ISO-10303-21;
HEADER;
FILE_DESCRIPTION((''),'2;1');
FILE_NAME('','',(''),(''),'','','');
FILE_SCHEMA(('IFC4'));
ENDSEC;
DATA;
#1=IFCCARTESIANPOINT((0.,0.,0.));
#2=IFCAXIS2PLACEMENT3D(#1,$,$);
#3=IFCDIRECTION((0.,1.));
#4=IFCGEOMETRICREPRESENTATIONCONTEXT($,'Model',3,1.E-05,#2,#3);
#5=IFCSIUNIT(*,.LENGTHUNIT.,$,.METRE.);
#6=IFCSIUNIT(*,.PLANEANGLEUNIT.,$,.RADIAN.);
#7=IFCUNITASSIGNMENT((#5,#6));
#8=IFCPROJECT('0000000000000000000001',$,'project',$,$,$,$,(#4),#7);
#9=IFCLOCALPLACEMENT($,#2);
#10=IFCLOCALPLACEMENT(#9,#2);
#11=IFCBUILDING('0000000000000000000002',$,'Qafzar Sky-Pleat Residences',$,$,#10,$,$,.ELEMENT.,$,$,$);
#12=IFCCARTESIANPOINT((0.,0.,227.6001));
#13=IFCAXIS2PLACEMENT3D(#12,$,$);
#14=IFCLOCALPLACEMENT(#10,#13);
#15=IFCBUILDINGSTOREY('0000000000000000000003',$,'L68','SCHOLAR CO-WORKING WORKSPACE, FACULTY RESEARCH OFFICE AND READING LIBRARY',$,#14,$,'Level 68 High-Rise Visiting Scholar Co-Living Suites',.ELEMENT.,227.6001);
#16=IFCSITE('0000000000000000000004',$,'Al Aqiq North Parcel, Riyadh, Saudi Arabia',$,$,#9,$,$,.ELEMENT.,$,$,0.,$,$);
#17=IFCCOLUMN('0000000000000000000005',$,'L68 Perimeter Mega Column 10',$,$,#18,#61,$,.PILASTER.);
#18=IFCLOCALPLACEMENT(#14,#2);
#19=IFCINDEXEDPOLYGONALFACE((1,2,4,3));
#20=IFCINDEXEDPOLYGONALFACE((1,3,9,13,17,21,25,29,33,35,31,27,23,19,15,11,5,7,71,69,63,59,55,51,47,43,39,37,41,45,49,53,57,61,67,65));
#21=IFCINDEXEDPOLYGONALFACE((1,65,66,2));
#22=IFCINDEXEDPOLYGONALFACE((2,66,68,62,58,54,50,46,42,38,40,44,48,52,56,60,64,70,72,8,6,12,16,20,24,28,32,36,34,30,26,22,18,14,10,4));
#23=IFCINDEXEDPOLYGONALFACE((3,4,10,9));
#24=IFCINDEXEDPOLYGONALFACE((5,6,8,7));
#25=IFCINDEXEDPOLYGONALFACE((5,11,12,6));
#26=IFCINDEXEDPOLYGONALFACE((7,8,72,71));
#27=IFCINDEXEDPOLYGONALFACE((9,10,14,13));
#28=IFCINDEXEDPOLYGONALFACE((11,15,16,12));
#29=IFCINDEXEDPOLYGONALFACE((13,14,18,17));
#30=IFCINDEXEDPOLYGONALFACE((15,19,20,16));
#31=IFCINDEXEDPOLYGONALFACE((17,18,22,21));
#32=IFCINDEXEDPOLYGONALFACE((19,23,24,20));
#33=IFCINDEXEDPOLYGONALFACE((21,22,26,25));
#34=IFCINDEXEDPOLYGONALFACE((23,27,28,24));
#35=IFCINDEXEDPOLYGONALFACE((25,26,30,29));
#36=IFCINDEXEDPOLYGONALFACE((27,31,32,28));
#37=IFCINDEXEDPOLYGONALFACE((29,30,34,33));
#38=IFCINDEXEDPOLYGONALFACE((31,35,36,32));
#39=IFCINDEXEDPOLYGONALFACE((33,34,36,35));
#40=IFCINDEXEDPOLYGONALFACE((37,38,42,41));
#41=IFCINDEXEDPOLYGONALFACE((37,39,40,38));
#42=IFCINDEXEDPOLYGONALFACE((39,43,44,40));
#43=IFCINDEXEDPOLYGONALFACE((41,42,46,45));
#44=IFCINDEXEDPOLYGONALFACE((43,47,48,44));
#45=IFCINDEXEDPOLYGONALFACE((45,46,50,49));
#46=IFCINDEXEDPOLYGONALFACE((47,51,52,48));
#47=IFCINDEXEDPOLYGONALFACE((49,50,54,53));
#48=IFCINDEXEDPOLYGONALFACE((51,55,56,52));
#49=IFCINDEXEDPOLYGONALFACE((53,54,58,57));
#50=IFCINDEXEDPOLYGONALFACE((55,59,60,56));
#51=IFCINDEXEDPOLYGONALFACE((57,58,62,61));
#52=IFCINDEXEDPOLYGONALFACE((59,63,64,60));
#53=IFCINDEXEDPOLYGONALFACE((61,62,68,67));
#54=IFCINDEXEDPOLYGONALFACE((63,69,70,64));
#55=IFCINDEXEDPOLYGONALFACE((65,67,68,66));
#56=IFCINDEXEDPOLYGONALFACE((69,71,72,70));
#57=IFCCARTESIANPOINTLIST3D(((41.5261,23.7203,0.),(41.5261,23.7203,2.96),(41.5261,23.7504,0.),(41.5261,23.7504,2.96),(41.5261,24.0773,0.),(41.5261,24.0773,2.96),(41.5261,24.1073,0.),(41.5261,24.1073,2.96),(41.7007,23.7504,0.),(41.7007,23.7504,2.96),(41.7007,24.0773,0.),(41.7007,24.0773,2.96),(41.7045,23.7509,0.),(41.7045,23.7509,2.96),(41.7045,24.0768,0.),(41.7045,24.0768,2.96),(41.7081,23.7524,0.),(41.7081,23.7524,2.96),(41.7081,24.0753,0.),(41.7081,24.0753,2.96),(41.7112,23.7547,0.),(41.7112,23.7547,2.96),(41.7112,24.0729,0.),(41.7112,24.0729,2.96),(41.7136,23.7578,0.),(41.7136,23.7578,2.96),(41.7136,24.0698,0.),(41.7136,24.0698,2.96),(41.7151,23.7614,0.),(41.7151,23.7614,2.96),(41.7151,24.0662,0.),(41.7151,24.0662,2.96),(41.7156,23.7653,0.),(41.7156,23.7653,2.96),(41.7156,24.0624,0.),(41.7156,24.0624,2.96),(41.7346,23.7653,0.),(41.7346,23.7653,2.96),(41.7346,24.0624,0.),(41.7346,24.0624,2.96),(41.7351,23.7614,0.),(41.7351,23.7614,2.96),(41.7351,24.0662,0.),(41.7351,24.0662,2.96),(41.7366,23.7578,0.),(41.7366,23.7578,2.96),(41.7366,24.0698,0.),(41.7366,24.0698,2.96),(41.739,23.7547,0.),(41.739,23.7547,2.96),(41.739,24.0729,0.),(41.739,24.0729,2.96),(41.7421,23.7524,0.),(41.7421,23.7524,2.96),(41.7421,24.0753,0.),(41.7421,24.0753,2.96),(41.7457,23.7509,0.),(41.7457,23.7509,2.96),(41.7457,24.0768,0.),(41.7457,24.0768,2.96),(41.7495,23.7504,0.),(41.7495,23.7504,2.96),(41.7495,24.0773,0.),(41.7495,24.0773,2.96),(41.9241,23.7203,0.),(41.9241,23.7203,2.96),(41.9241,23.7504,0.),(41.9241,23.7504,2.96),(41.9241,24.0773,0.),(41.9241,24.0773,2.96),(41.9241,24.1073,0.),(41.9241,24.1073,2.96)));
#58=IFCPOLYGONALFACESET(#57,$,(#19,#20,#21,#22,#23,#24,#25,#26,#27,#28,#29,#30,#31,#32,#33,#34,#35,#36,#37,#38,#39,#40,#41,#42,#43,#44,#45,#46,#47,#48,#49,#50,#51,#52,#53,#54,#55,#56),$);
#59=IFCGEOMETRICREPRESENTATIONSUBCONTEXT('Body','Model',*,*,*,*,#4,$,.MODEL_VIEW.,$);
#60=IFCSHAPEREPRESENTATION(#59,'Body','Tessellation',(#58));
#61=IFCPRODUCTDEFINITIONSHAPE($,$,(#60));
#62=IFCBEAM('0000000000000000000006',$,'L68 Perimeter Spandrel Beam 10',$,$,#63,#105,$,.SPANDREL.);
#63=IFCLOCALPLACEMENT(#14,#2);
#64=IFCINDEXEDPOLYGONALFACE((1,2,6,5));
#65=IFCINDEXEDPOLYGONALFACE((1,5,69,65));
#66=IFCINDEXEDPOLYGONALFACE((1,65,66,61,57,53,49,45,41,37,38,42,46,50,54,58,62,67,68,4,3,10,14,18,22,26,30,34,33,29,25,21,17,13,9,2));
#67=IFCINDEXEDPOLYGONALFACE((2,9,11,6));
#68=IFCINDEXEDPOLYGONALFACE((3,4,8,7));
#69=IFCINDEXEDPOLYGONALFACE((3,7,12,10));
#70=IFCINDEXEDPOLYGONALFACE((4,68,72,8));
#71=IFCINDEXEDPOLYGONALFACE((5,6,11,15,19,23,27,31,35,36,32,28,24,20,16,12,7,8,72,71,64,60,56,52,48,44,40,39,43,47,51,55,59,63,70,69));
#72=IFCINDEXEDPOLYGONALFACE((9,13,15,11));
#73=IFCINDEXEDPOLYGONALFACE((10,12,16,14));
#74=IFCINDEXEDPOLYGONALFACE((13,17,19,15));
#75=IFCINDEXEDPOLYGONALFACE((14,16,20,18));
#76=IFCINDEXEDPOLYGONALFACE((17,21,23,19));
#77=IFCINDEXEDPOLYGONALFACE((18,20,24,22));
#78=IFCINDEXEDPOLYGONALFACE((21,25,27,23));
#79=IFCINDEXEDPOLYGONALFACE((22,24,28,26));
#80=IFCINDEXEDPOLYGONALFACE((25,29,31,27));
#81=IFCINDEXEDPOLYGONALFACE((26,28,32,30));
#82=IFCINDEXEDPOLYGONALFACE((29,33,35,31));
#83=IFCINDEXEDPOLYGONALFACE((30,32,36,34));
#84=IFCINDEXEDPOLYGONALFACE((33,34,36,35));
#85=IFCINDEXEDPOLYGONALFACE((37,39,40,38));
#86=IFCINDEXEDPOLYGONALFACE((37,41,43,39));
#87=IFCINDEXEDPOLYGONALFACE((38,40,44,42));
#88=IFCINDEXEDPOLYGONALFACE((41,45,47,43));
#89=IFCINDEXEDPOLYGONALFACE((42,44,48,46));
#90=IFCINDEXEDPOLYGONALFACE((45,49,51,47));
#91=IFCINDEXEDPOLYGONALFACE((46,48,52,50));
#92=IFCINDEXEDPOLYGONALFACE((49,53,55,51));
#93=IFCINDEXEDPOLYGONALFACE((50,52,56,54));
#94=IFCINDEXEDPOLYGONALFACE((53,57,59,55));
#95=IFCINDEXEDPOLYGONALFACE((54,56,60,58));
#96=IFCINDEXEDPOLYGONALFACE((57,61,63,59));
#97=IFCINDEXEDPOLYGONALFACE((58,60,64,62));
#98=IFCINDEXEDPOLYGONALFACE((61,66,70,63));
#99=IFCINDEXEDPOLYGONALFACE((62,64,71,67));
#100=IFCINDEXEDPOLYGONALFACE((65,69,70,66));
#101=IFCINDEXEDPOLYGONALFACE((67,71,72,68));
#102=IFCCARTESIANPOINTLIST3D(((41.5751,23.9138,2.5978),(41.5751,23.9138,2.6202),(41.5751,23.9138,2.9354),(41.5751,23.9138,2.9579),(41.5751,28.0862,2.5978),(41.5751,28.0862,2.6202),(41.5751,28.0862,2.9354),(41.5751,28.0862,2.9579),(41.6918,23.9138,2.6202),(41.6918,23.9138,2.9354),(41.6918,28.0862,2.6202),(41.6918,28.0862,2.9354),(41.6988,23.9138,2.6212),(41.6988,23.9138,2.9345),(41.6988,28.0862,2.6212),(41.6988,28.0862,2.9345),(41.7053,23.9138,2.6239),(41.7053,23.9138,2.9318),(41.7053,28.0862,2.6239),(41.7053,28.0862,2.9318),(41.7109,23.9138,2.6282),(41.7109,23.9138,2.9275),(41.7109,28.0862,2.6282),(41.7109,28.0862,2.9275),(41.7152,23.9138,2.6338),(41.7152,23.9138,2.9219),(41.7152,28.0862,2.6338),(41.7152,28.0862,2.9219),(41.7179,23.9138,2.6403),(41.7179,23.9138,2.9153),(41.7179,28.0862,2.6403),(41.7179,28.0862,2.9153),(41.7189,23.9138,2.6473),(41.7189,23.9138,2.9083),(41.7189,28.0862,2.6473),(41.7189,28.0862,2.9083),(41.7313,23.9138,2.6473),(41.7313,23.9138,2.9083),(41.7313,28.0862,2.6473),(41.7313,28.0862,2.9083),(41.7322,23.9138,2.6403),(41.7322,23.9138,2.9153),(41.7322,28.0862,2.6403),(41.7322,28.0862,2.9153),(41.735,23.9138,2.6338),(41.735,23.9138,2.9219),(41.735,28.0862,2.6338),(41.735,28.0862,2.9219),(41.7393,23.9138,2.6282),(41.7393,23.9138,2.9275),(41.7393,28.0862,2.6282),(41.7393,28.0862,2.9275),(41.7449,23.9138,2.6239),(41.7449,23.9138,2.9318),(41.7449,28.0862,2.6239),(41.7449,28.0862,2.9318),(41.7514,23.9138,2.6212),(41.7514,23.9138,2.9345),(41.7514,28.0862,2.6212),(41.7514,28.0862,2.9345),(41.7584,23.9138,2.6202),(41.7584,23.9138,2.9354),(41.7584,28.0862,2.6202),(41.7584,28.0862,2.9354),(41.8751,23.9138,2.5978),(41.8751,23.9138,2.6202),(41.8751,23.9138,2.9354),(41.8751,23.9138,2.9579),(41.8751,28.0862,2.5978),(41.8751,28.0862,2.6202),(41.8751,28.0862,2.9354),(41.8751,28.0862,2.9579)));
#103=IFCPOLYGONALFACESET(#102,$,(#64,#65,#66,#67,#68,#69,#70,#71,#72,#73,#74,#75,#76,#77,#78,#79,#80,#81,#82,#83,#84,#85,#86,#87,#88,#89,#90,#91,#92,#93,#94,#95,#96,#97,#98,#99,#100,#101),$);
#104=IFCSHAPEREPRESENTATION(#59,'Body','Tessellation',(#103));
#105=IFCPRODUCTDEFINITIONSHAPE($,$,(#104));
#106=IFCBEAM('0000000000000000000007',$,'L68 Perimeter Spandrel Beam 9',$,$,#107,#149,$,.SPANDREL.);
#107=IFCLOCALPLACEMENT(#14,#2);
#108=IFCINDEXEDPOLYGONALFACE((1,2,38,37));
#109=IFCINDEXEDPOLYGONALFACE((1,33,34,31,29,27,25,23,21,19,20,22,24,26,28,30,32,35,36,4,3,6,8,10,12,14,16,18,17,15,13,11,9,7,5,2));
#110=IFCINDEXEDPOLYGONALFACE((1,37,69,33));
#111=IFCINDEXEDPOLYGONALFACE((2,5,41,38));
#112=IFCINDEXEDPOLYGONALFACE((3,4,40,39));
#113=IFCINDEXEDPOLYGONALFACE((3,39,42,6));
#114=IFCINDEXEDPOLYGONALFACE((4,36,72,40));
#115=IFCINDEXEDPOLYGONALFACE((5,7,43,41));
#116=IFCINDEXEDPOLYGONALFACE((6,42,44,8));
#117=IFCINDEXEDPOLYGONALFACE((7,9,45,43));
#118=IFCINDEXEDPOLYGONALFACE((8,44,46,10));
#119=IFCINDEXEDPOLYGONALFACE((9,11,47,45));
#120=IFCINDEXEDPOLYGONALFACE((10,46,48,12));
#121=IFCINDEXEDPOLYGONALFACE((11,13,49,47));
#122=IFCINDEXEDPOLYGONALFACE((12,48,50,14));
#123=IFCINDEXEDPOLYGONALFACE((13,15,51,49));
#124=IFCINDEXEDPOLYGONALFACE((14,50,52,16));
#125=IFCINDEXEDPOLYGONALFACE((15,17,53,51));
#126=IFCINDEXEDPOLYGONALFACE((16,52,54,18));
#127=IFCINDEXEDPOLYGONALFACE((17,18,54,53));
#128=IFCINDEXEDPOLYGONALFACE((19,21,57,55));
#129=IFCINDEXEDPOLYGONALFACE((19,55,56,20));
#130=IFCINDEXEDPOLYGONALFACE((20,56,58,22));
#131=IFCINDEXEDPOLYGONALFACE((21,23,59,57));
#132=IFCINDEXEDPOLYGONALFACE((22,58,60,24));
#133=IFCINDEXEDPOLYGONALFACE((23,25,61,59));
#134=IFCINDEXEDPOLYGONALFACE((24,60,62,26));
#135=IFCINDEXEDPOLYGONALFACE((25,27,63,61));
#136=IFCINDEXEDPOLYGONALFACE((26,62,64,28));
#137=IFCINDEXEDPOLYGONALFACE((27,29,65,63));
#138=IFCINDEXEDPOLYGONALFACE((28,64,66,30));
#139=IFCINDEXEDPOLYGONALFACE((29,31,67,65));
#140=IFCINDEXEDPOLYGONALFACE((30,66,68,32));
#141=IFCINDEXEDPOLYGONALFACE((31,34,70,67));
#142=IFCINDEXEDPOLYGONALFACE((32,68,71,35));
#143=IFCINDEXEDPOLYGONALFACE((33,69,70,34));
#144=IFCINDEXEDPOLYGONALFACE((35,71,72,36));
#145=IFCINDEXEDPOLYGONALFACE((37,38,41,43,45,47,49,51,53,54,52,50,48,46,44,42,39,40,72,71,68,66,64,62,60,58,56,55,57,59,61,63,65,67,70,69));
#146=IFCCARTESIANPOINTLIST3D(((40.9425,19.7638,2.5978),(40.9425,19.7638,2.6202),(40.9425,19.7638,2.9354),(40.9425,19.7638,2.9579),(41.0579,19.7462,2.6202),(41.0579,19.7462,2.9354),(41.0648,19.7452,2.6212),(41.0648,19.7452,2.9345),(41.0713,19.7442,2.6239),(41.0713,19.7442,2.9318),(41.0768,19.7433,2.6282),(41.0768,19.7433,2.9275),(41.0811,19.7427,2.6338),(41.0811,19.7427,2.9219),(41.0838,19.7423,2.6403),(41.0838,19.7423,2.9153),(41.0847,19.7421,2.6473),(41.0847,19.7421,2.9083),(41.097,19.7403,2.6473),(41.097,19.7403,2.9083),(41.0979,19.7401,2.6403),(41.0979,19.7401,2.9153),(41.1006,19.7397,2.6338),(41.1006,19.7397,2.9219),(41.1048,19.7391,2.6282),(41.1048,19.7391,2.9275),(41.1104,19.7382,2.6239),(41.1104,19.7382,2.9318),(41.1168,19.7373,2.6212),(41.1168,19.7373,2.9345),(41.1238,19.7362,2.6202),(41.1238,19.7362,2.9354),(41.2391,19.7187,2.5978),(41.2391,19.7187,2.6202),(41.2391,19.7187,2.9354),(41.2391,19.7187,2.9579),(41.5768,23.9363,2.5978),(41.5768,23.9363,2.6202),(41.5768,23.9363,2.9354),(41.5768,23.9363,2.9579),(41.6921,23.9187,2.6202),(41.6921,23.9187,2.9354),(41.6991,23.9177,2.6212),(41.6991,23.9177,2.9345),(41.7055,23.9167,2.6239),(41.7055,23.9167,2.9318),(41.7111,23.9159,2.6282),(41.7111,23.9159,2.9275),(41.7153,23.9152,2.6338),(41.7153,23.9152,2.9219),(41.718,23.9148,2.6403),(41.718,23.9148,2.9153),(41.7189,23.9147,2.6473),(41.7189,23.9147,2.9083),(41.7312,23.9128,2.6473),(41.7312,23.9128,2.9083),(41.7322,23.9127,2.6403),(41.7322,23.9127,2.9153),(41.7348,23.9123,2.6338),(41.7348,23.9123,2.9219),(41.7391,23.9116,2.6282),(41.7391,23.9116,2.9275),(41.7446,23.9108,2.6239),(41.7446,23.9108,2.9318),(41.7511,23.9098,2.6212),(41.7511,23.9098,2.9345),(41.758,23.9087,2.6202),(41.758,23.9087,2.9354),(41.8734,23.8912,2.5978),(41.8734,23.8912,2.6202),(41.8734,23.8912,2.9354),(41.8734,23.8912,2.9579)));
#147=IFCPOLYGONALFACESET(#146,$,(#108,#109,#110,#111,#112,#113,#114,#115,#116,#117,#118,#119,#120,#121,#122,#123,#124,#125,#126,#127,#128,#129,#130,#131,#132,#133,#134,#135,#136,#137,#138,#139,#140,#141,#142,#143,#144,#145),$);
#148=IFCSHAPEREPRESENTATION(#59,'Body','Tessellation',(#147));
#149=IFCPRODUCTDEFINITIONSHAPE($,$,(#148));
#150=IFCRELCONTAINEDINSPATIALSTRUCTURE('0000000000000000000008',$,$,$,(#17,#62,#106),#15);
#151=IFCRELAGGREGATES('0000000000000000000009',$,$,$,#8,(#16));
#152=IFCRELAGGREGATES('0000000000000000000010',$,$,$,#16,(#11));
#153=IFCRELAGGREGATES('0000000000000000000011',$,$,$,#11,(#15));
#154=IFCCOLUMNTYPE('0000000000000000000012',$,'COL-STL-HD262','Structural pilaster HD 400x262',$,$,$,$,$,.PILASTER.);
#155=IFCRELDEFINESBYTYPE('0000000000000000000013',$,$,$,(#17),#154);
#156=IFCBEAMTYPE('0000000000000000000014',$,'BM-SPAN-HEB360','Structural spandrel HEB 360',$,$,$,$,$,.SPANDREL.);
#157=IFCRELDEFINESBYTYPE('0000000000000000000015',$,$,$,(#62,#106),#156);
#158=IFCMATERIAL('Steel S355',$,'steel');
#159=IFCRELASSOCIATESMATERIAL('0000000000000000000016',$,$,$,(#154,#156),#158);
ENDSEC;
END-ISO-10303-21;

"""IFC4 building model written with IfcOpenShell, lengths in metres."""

from ifc_helpers import new_model, si_unit, direction, frame, origin, origin_2d, place, context, subcontext, project, spatial, i_section, extrude, source, transform, mapped, material, material_profile, profile_set, type_object, element, save


model = new_model("IFC4")

# Units and contexts
model_context = context("Model", 3, precision=1e-05, world=origin(), true_north=direction((0.0, 1.0)))
body_context = subcontext(model_context, "Body", "Model", "MODEL_VIEW")
ifc_project = project(units=[si_unit("LENGTHUNIT", "METRE"), si_unit("PLANEANGLEUNIT", "RADIAN")], contexts=[model_context])

# Site, building, storey
site_placement = place(None, origin())
site = spatial("IfcSite", under=ifc_project, at=site_placement, Name="Al Aqiq North Parcel, Riyadh, Saudi Arabia", CompositionType="ELEMENT", RefElevation=0.0)
building_placement = place(site_placement, origin())
building = spatial("IfcBuilding", under=site, at=building_placement, Name="Qafzar Sky-Pleat Residences", CompositionType="ELEMENT")
storey_placement = place(building_placement, frame((0.0, 0.0, 227.6001)))
storey = spatial("IfcBuildingStorey", under=building, at=storey_placement, Name="L68", Description="SCHOLAR CO-WORKING WORKSPACE, FACULTY RESEARCH OFFICE AND READING LIBRARY", LongName="Level 68 High-Rise Visiting Scholar Co-Living Suites", CompositionType="ELEMENT", Elevation=227.6001)

# Column
ifc_material_1 = material(Name="Steel S355", Category="steel")
ifc_material_profile_1 = material_profile(ifc_material_1, i_section(OverallWidth=0.3979, OverallDepth=0.387, WebThickness=0.019, FlangeThickness=0.03, FilletRadius=0.0149, at=origin_2d()), Name="HD 400x262")
ifc_profile_set_1 = profile_set([ifc_material_profile_1], Name="Steel S355")
column_type = type_object("IfcColumnType", Name="COL-STL-HD262", Description="Structural pilaster HD 400x262", PredefinedType="PILASTER", material=ifc_profile_set_1)
shared_shape_1 = source(origin(), body_context, "Body", "SweptSolid", [
    extrude(i_section(OverallWidth=0.3979, OverallDepth=0.387, WebThickness=0.019, FlangeThickness=0.03, FilletRadius=0.0149, at=origin_2d()), origin(), (0.0, 0.0, 1.0), 2.96),
])
column_placement = place(storey_placement, frame((41.7251, 23.9138, 0.0), z_axis=(0.0, 0.0, 1.0), x_axis=(1.0, 0.0, 0.0)))
element("IfcColumn", 1, at=column_placement, inside=storey, type_object=column_type, Name="L68 Perimeter Mega Column 10", PredefinedType="PILASTER", context=body_context, shape_type="MappedRepresentation", body=[
    mapped(shared_shape_1, transform((0.0, 0.0, 0.0), x_axis=(1.0, 0.0, 0.0), y_axis=(0.0, 1.0, 0.0), z_axis=(0.0, 0.0, 1.0), scale=1.0)),
])

# Beams
ifc_material_profile_2 = material_profile(ifc_material_1, i_section(OverallWidth=0.3, OverallDepth=0.3601, WebThickness=0.0125, FlangeThickness=0.0225, FilletRadius=0.0271, at=origin_2d()), Name="HEB 360")
ifc_profile_set_2 = profile_set([ifc_material_profile_2], Name="Steel S355")
beam_type_1 = type_object("IfcBeamType", Name="BM-SPAN-HEB360", Description="Structural spandrel HEB 360", PredefinedType="SPANDREL", material=ifc_profile_set_2)
shared_shape_2 = source(origin(), body_context, "Body", "SweptSolid", [
    extrude(i_section(OverallWidth=0.3, OverallDepth=0.3601, WebThickness=0.0125, FlangeThickness=0.0225, FilletRadius=0.0271, at=origin_2d()), origin(), (0.0, 0.0, 1.0), 4.1724),
])
beam_1_placement = place(storey_placement, frame((41.7251, 23.9138, 2.7778), z_axis=(0.0, 1.0, 0.0), x_axis=(-1.0, 0.0, 0.0)))
element("IfcBeam", 2, at=beam_1_placement, inside=storey, type_object=beam_type_1, Name="L68 Perimeter Spandrel Beam 10", PredefinedType="SPANDREL", context=body_context, shape_type="MappedRepresentation", body=[
    mapped(shared_shape_2, transform((0.0, 0.0, 0.0), x_axis=(1.0, 0.0, 0.0), y_axis=(0.0, 1.0, 0.0), z_axis=(0.0, 0.0, 1.0), scale=1.0)),
])
shared_shape_3 = source(origin(), body_context, "Body", "SweptSolid", [
    extrude(i_section(OverallWidth=0.3, OverallDepth=0.3601, WebThickness=0.0125, FlangeThickness=0.0225, FilletRadius=0.0271, at=origin_2d()), origin(), (0.0, 0.0, 1.0), 4.2205),
])
beam_2_placement = place(storey_placement, frame((41.0908, 19.7412, 2.7778), z_axis=(0.150283, 0.988643, 0.0), x_axis=(-0.988643, 0.150283, 0.0)))
element("IfcBeam", 3, at=beam_2_placement, inside=storey, type_object=beam_type_1, Name="L68 Perimeter Spandrel Beam 9", PredefinedType="SPANDREL", context=body_context, shape_type="MappedRepresentation", body=[
    mapped(shared_shape_3, transform((0.0, 0.0, 0.0), x_axis=(1.0, 0.0, 0.0), y_axis=(0.0, 1.0, 0.0), z_axis=(0.0, 0.0, 1.0), scale=1.0)),
])

save(model, "model.ifc")
